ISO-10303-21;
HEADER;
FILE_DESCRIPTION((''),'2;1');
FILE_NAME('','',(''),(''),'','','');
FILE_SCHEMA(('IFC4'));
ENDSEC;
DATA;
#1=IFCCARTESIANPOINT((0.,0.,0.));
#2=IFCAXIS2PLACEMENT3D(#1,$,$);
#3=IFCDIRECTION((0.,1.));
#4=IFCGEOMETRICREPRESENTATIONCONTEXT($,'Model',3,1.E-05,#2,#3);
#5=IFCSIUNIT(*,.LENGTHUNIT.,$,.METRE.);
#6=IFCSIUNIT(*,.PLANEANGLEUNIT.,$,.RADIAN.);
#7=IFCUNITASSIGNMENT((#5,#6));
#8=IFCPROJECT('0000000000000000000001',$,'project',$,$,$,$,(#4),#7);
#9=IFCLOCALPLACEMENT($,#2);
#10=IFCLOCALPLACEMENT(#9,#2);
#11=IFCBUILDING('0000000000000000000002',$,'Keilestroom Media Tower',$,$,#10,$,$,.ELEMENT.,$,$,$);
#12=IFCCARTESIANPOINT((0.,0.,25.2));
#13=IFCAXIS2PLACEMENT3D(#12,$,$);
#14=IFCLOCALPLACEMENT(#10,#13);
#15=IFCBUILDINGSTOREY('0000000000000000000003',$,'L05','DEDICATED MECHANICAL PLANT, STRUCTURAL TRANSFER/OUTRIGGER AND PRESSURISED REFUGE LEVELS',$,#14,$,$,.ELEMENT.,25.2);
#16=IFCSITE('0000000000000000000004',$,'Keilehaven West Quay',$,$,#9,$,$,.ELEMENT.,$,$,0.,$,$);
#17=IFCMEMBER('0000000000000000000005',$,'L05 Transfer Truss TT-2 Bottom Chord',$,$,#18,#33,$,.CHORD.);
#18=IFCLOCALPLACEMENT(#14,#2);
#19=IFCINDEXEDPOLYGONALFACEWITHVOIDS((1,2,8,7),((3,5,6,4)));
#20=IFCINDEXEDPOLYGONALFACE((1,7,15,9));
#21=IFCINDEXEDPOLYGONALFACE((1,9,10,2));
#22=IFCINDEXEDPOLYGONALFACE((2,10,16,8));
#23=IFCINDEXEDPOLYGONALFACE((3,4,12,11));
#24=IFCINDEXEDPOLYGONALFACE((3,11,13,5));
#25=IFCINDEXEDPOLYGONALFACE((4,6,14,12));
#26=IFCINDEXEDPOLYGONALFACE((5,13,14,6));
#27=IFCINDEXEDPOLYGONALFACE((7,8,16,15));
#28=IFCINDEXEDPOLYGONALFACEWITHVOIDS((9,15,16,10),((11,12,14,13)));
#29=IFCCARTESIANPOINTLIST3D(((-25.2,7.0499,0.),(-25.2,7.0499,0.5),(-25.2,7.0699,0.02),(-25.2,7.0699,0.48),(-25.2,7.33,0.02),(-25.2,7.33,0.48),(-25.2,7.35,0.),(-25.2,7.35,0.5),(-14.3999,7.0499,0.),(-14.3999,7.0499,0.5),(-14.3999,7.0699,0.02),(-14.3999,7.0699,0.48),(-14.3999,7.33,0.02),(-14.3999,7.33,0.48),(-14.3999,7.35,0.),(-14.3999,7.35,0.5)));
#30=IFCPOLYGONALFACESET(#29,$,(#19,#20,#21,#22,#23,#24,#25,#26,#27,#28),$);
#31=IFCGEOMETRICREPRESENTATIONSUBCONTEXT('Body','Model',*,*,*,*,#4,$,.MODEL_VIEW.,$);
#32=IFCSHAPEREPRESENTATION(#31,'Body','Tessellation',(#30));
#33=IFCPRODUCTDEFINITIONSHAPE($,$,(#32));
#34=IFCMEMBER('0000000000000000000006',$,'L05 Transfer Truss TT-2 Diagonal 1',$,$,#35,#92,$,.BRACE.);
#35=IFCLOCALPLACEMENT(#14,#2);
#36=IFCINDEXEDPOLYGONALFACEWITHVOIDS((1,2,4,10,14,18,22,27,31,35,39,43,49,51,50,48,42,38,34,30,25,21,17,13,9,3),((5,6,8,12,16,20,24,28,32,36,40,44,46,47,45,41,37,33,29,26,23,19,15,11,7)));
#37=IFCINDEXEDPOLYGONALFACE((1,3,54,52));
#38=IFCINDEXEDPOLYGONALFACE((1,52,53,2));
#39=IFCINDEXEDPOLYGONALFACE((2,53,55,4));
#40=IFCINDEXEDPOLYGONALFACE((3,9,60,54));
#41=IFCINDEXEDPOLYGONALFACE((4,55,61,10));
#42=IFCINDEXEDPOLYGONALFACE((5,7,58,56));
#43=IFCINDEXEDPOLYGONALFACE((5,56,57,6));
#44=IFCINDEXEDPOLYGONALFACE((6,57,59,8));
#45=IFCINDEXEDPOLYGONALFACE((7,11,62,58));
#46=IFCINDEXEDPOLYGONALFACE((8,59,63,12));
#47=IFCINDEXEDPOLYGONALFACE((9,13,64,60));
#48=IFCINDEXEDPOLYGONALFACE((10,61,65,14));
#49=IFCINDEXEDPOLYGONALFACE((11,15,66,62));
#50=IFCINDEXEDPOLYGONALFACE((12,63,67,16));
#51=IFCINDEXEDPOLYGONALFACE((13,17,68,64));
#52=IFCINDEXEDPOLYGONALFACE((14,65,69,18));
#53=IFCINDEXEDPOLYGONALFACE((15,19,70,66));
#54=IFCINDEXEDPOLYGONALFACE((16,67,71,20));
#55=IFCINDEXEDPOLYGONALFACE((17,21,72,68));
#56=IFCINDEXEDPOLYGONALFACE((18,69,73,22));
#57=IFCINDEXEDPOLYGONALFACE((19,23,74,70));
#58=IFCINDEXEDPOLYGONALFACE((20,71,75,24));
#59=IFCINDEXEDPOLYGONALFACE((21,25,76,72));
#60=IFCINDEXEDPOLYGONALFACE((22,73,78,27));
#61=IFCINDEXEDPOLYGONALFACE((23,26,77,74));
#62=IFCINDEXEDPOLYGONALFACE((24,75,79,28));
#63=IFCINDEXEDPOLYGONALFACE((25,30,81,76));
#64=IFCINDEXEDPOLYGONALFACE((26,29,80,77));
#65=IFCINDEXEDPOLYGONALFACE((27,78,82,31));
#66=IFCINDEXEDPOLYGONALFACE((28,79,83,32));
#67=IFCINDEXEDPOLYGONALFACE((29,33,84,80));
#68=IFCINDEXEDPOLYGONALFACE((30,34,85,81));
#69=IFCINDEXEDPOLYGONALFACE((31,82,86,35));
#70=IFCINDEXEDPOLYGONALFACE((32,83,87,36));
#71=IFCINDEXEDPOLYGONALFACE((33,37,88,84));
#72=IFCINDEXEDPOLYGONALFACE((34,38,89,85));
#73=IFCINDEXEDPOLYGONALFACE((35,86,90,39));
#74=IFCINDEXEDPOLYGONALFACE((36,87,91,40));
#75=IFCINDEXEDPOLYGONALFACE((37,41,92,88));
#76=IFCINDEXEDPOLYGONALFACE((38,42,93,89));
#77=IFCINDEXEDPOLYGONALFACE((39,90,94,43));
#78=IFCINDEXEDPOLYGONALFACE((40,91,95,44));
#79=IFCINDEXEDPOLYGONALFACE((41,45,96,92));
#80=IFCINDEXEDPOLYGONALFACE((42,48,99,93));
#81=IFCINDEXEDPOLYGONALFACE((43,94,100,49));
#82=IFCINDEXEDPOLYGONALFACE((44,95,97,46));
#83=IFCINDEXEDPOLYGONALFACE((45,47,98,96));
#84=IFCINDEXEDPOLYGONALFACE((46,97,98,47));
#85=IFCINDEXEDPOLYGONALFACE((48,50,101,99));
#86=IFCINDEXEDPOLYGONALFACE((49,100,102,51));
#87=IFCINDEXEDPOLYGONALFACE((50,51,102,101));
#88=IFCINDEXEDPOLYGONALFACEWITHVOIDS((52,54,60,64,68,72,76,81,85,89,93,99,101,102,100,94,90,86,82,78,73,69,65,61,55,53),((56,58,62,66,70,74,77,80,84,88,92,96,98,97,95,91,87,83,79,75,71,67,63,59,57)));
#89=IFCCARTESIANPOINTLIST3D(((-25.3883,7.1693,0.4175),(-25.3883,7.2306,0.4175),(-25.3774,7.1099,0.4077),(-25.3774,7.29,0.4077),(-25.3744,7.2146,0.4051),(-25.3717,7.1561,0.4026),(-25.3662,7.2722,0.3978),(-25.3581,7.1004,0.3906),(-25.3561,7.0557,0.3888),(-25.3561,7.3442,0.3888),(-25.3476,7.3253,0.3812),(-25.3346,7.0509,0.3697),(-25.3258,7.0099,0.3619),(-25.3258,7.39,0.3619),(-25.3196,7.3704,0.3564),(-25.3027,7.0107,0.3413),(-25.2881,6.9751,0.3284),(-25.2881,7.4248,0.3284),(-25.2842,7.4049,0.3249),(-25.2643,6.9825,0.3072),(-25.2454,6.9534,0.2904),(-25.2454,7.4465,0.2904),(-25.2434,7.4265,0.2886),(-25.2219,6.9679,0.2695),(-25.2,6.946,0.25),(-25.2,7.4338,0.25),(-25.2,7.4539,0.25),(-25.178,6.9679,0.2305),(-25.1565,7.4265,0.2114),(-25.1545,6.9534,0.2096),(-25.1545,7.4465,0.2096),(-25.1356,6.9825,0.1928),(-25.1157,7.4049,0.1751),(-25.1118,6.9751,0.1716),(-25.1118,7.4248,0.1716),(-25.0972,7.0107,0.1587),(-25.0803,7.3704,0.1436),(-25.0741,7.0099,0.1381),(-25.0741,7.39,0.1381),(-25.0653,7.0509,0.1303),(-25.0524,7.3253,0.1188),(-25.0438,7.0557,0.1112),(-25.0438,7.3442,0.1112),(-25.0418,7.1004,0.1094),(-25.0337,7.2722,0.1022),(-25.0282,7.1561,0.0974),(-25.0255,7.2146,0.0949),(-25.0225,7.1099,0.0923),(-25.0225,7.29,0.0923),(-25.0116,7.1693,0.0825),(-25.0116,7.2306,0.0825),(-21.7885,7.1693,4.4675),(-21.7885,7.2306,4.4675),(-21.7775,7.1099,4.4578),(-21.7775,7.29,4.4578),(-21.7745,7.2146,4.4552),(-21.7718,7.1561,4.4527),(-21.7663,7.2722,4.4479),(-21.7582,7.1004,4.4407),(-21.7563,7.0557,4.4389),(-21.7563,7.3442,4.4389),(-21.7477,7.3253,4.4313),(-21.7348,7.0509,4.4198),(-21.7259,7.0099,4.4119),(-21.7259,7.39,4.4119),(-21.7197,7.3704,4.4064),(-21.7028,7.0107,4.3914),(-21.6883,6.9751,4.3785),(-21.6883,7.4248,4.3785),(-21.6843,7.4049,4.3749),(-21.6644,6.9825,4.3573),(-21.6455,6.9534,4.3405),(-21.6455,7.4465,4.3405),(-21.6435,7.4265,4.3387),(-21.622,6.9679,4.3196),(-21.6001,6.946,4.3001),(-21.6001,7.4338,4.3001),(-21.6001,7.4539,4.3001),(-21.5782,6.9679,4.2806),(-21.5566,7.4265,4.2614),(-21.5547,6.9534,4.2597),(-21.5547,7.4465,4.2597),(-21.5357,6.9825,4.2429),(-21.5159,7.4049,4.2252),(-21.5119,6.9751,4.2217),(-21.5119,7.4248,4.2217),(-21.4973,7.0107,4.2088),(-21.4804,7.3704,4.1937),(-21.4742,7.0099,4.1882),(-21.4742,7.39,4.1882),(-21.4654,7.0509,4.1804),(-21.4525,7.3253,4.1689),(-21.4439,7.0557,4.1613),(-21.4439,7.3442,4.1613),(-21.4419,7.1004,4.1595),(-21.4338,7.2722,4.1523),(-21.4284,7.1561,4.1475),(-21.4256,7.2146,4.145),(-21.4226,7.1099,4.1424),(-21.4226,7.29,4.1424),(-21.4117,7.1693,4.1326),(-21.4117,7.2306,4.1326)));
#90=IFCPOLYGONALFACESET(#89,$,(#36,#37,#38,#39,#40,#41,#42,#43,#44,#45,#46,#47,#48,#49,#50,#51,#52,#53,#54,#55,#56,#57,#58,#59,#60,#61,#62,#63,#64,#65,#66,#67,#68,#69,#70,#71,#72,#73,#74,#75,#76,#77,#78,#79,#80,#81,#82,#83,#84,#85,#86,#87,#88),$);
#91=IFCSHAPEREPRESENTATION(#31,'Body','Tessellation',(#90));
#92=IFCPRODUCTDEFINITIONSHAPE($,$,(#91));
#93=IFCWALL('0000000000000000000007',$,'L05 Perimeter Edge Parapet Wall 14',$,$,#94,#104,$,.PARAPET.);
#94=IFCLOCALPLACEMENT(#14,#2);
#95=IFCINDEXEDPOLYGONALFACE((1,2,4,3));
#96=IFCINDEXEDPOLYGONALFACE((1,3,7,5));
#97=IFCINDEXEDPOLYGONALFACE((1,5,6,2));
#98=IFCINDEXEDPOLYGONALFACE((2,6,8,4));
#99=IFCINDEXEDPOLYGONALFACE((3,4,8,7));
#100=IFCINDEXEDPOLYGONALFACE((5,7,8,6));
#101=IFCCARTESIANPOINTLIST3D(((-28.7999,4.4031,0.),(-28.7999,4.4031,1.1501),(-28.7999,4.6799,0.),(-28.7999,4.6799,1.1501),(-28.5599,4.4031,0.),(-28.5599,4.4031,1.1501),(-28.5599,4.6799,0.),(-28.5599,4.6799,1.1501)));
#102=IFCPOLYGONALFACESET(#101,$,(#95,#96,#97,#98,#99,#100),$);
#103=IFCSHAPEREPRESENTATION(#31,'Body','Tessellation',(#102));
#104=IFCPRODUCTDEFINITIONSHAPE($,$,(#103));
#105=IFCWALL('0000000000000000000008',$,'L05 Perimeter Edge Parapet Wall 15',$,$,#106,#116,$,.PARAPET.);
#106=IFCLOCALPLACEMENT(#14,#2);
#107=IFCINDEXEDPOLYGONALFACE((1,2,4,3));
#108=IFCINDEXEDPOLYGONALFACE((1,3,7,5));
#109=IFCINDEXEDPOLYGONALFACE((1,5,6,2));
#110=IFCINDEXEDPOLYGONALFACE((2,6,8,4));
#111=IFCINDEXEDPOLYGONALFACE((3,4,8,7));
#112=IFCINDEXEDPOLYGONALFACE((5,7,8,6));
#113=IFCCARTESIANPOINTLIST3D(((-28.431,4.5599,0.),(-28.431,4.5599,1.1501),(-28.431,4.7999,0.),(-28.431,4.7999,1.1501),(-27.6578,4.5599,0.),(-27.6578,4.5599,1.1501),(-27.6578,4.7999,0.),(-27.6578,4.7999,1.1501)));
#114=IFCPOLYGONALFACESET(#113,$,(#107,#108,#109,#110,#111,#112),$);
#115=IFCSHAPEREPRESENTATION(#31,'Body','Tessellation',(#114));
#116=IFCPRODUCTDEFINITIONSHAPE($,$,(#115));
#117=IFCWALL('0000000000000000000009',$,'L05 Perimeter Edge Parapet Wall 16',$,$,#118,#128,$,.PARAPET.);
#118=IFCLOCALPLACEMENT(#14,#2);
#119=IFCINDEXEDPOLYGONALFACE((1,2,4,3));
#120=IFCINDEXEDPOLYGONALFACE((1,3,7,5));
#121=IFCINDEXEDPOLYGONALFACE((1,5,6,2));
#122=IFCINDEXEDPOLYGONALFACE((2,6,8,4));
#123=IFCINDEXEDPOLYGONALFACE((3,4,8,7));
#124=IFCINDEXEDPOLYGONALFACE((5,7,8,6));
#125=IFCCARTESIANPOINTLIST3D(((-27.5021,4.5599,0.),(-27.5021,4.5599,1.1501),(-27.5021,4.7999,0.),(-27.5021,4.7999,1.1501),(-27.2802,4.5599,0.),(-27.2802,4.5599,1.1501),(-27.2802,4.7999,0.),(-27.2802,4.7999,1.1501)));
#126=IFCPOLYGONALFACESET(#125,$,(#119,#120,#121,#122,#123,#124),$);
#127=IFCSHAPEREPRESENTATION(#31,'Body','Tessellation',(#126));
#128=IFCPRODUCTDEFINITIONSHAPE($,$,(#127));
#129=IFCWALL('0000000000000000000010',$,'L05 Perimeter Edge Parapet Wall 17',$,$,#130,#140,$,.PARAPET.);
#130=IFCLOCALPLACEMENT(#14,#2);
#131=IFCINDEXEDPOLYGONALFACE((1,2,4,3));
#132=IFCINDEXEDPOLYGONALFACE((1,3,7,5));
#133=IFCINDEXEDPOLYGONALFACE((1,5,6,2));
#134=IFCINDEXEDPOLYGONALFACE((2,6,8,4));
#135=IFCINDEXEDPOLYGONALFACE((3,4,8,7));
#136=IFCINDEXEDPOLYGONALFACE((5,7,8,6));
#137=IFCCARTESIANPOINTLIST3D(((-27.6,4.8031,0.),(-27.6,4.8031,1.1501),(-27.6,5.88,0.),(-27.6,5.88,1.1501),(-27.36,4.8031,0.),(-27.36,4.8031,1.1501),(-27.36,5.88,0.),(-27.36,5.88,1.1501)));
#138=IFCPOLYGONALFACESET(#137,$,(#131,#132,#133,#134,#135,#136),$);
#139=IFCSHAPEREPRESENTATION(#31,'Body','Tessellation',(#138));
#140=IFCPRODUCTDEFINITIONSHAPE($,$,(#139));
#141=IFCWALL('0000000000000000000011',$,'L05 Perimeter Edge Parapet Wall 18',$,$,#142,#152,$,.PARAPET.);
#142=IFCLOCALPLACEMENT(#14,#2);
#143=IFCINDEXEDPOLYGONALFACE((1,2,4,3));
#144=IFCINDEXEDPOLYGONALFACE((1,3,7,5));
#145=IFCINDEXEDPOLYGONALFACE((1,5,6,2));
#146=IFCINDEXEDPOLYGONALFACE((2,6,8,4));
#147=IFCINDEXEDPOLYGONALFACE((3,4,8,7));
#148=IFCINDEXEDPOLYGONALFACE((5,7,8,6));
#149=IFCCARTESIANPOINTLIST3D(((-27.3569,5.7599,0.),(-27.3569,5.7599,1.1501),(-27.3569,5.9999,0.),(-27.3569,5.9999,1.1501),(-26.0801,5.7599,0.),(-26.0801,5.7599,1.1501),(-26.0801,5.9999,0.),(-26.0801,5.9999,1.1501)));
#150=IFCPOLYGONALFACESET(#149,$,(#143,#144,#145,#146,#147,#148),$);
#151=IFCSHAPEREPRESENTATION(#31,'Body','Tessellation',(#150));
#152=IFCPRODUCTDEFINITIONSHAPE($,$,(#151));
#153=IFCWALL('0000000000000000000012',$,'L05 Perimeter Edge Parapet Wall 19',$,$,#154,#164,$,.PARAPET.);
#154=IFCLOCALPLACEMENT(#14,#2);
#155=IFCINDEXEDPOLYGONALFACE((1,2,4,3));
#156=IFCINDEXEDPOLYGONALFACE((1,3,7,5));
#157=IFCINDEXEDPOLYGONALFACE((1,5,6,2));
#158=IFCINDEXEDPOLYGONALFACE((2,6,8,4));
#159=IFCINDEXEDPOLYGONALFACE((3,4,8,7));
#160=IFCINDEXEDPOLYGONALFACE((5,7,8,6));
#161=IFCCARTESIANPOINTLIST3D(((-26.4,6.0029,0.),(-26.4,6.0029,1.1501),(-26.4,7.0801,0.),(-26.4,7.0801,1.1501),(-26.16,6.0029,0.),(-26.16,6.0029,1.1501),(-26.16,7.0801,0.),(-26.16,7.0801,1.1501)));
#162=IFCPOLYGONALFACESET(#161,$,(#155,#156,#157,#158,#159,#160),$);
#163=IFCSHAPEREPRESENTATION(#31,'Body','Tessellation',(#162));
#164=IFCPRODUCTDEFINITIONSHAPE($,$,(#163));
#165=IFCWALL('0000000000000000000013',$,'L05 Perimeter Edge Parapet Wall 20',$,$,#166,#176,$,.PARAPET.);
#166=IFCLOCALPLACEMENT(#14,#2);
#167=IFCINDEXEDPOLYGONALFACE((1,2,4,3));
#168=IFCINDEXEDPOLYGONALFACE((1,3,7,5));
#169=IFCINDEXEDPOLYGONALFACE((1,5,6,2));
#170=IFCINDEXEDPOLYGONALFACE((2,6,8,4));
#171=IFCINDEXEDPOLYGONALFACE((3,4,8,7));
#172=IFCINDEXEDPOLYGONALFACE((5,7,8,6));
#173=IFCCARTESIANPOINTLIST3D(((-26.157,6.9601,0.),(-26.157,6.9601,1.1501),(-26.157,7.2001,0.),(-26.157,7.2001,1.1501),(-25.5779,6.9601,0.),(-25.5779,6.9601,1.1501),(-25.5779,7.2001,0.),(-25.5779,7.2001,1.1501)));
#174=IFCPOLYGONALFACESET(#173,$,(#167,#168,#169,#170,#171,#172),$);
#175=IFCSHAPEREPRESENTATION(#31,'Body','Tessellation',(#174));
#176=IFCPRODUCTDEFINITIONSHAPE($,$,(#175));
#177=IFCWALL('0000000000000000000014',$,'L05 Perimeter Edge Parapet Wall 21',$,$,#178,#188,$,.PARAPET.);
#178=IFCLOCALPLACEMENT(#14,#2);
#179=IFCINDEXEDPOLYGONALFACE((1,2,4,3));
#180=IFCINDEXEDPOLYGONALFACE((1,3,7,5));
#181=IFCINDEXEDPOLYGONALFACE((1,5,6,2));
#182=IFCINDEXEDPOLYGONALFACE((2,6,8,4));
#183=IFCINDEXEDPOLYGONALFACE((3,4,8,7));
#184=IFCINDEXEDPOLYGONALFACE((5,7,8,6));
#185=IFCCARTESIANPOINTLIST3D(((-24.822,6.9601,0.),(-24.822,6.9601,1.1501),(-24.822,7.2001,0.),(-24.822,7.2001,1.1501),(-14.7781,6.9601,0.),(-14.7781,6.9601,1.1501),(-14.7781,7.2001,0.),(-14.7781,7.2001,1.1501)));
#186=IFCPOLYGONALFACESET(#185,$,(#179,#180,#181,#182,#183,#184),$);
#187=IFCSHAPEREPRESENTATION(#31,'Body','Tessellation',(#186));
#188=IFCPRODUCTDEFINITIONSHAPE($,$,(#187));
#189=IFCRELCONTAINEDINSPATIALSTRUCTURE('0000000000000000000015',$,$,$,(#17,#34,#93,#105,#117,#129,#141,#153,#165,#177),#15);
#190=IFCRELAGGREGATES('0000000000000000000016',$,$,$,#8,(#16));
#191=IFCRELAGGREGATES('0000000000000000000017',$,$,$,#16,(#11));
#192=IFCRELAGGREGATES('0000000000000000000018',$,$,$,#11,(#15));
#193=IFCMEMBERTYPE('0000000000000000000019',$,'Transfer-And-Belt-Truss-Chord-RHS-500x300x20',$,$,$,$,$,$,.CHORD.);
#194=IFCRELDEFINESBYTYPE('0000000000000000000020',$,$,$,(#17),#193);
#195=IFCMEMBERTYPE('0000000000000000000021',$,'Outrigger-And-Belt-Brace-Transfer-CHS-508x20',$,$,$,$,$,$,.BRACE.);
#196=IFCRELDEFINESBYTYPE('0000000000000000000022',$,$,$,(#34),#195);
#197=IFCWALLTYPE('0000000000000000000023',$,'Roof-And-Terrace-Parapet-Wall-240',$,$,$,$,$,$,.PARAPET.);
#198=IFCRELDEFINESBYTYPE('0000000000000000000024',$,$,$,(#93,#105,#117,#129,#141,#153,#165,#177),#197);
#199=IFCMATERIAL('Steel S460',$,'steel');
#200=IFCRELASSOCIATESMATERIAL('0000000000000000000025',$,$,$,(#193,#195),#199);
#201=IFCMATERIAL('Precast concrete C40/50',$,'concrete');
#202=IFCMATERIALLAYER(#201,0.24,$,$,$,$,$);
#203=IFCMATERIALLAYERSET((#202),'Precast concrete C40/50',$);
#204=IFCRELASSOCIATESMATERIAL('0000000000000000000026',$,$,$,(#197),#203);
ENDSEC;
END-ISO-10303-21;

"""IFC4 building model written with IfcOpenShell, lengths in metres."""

from ifc_helpers import new_model, si_unit, direction, frame, frame_2d, origin, origin_2d, place, context, subcontext, project, spatial, rectangle, hollow_rectangle, hollow_circle, extrude, source, transform, mapped, material, layer, layer_set, material_profile, profile_set, type_object, element, save


model = new_model("IFC4")

# Units and contexts
model_context = context("Model", 3, precision=1e-05, world=origin(), true_north=direction((0.0, 1.0)))
body_context = subcontext(model_context, "Body", "Model", "MODEL_VIEW")
ifc_project = project(units=[si_unit("LENGTHUNIT", "METRE"), si_unit("PLANEANGLEUNIT", "RADIAN")], contexts=[model_context])

# Site, building, storey
site_placement = place(None, origin())
site = spatial("IfcSite", under=ifc_project, at=site_placement, Name="Keilehaven West Quay", CompositionType="ELEMENT", RefElevation=0.0)
building_placement = place(site_placement, origin())
building = spatial("IfcBuilding", under=site, at=building_placement, Name="Keilestroom Media Tower", CompositionType="ELEMENT")
storey_placement = place(building_placement, frame((0.0, 0.0, 25.2)))
storey = spatial("IfcBuildingStorey", under=building, at=storey_placement, Name="L05", Description="DEDICATED MECHANICAL PLANT, STRUCTURAL TRANSFER/OUTRIGGER AND PRESSURISED REFUGE LEVELS", CompositionType="ELEMENT", Elevation=25.2)

# Shared definitions
ifc_material_1 = material(Name="Precast concrete C40/50", Category="concrete")
ifc_material_2 = material(Name="Steel S460", Category="steel")

# Members
ifc_material_profile_1 = material_profile(ifc_material_2, hollow_rectangle(XDim=0.3, YDim=0.5, WallThickness=0.02, at=origin_2d()), Name="RHS 500x300x20")
ifc_profile_set_1 = profile_set([ifc_material_profile_1], Name="Steel S460")
member_type_1 = type_object("IfcMemberType", Name="Transfer-And-Belt-Truss-Chord-RHS-500x300x20", PredefinedType="CHORD", material=ifc_profile_set_1)
shared_shape_1 = source(origin(), body_context, "Body", "SweptSolid", [
    extrude(hollow_rectangle(XDim=0.3, YDim=0.5, WallThickness=0.02, at=origin_2d()), origin(), (0.0, 0.0, 1.0), 10.8),
])
member_1_placement = place(storey_placement, frame((-25.2, 7.2, 0.25), z_axis=(1.0, 0.0, 0.0), x_axis=(0.0, 1.0, 0.0)))
element("IfcMember", 1, at=member_1_placement, inside=storey, type_object=member_type_1, Name="L05 Transfer Truss TT-2 Bottom Chord", PredefinedType="CHORD", context=body_context, shape_type="MappedRepresentation", body=[
    mapped(shared_shape_1, transform((0.0, 0.0, 0.0), x_axis=(1.0, 0.0, 0.0), y_axis=(0.0, 1.0, 0.0), z_axis=(0.0, 0.0, 1.0), scale=1.0)),
])
ifc_material_profile_2 = material_profile(ifc_material_2, hollow_circle(Radius=0.2539, WallThickness=0.02, at=origin_2d()), Name="CHS 508x20")
ifc_profile_set_2 = profile_set([ifc_material_profile_2], Name="Steel S460")
member_type_2 = type_object("IfcMemberType", Name="Outrigger-And-Belt-Brace-Transfer-CHS-508x20", PredefinedType="BRACE", material=ifc_profile_set_2)
shared_shape_2 = source(origin(), body_context, "Body", "SweptSolid", [
    extrude(hollow_circle(Radius=0.2539, WallThickness=0.02, at=origin_2d()), origin(), (0.0, 0.0, 1.0), 5.4187),
])
member_2_placement = place(storey_placement, frame((-25.2, 7.2, 0.25), z_axis=(0.664344, 0.0, 0.747427), x_axis=(0.0, 1.0, 0.0)))
element("IfcMember", 2, at=member_2_placement, inside=storey, type_object=member_type_2, Name="L05 Transfer Truss TT-2 Diagonal 1", PredefinedType="BRACE", context=body_context, shape_type="MappedRepresentation", body=[
    mapped(shared_shape_2, transform((0.0, 0.0, 0.0), x_axis=(1.0, 0.0, 0.0), y_axis=(0.0, 1.0, 0.0), z_axis=(0.0, 0.0, 1.0), scale=1.0)),
])

# Walls
ifc_layer_1 = layer(ifc_material_1, 0.24)
ifc_layer_set_1 = layer_set([ifc_layer_1], Name="Precast concrete C40/50")
wall_type = type_object("IfcWallType", Name="Roof-And-Terrace-Parapet-Wall-240", PredefinedType="PARAPET", material=ifc_layer_set_1)
wall_1_placement = place(storey_placement, frame((-28.6799, 4.4031, 0.0), z_axis=(0.0, 0.0, 1.0), x_axis=(0.0, 1.0, 0.0)))
element("IfcWall", 3, at=wall_1_placement, inside=storey, type_object=wall_type, Name="L05 Perimeter Edge Parapet Wall 14", PredefinedType="PARAPET", context=body_context, shape_type="SweptSolid", body=[
    extrude(rectangle(XDim=0.2769, YDim=0.24, at=frame_2d((0.1384, 0.0))), origin(), (0.0, 0.0, 1.0), 1.1501),
])
wall_2_placement = place(storey_placement, frame((-28.4312, 4.6799, 0.0), z_axis=(0.0, 0.0, 1.0), x_axis=(1.0, 0.0, 0.0)))
element("IfcWall", 4, at=wall_2_placement, inside=storey, type_object=wall_type, Name="L05 Perimeter Edge Parapet Wall 15", PredefinedType="PARAPET", context=body_context, shape_type="SweptSolid", body=[
    extrude(rectangle(XDim=0.7732, YDim=0.24, at=frame_2d((0.3867, 0.0))), origin(), (0.0, 0.0, 1.0), 1.1501),
])
wall_3_placement = place(storey_placement, frame((-27.502, 4.6799, 0.0), z_axis=(0.0, 0.0, 1.0), x_axis=(1.0, 0.0, 0.0)))
element("IfcWall", 5, at=wall_3_placement, inside=storey, type_object=wall_type, Name="L05 Perimeter Edge Parapet Wall 16", PredefinedType="PARAPET", context=body_context, shape_type="SweptSolid", body=[
    extrude(rectangle(XDim=0.2219, YDim=0.24, at=frame_2d((0.1108, 0.0))), origin(), (0.0, 0.0, 1.0), 1.1501),
])
wall_4_placement = place(storey_placement, frame((-27.48, 4.803, 0.0), z_axis=(0.0, 0.0, 1.0), x_axis=(0.0, 1.0, 0.0)))
element("IfcWall", 6, at=wall_4_placement, inside=storey, type_object=wall_type, Name="L05 Perimeter Edge Parapet Wall 17", PredefinedType="PARAPET", context=body_context, shape_type="SweptSolid", body=[
    extrude(rectangle(XDim=1.0769, YDim=0.24, at=frame_2d((0.5386, 0.0))), origin(), (0.0, 0.0, 1.0), 1.1501),
])
wall_5_placement = place(storey_placement, frame((-27.3569, 5.8799, 0.0), z_axis=(0.0, 0.0, 1.0), x_axis=(1.0, 0.0, 0.0)))
element("IfcWall", 7, at=wall_5_placement, inside=storey, type_object=wall_type, Name="L05 Perimeter Edge Parapet Wall 18", PredefinedType="PARAPET", context=body_context, shape_type="SweptSolid", body=[
    extrude(rectangle(XDim=1.2769, YDim=0.24, at=frame_2d((0.6384, 0.0))), origin(), (0.0, 0.0, 1.0), 1.1501),
])
wall_6_placement = place(storey_placement, frame((-26.28, 6.0029, 0.0), z_axis=(0.0, 0.0, 1.0), x_axis=(0.0, 1.0, 0.0)))
element("IfcWall", 8, at=wall_6_placement, inside=storey, type_object=wall_type, Name="L05 Perimeter Edge Parapet Wall 19", PredefinedType="PARAPET", context=body_context, shape_type="SweptSolid", body=[
    extrude(rectangle(XDim=1.0771, YDim=0.24, at=frame_2d((0.5386, 0.0))), origin(), (0.0, 0.0, 1.0), 1.1501),
])
wall_7_placement = place(storey_placement, frame((-26.157, 7.0801, 0.0), z_axis=(0.0, 0.0, 1.0), x_axis=(1.0, 0.0, 0.0)))
element("IfcWall", 9, at=wall_7_placement, inside=storey, type_object=wall_type, Name="L05 Perimeter Edge Parapet Wall 20", PredefinedType="PARAPET", context=body_context, shape_type="SweptSolid", body=[
    extrude(rectangle(XDim=0.5791, YDim=0.24, at=frame_2d((0.2896, 0.0))), origin(), (0.0, 0.0, 1.0), 1.1501),
])
wall_8_placement = place(storey_placement, frame((-24.822, 7.0801, 0.0), z_axis=(0.0, 0.0, 1.0), x_axis=(1.0, 0.0, 0.0)))
element("IfcWall", 10, at=wall_8_placement, inside=storey, type_object=wall_type, Name="L05 Perimeter Edge Parapet Wall 21", PredefinedType="PARAPET", context=body_context, shape_type="SweptSolid", body=[
    extrude(rectangle(XDim=10.0439, YDim=0.24, at=frame_2d((5.022, 0.0))), origin(), (0.0, 0.0, 1.0), 1.1501),
])

save(model, "model.ifc")
